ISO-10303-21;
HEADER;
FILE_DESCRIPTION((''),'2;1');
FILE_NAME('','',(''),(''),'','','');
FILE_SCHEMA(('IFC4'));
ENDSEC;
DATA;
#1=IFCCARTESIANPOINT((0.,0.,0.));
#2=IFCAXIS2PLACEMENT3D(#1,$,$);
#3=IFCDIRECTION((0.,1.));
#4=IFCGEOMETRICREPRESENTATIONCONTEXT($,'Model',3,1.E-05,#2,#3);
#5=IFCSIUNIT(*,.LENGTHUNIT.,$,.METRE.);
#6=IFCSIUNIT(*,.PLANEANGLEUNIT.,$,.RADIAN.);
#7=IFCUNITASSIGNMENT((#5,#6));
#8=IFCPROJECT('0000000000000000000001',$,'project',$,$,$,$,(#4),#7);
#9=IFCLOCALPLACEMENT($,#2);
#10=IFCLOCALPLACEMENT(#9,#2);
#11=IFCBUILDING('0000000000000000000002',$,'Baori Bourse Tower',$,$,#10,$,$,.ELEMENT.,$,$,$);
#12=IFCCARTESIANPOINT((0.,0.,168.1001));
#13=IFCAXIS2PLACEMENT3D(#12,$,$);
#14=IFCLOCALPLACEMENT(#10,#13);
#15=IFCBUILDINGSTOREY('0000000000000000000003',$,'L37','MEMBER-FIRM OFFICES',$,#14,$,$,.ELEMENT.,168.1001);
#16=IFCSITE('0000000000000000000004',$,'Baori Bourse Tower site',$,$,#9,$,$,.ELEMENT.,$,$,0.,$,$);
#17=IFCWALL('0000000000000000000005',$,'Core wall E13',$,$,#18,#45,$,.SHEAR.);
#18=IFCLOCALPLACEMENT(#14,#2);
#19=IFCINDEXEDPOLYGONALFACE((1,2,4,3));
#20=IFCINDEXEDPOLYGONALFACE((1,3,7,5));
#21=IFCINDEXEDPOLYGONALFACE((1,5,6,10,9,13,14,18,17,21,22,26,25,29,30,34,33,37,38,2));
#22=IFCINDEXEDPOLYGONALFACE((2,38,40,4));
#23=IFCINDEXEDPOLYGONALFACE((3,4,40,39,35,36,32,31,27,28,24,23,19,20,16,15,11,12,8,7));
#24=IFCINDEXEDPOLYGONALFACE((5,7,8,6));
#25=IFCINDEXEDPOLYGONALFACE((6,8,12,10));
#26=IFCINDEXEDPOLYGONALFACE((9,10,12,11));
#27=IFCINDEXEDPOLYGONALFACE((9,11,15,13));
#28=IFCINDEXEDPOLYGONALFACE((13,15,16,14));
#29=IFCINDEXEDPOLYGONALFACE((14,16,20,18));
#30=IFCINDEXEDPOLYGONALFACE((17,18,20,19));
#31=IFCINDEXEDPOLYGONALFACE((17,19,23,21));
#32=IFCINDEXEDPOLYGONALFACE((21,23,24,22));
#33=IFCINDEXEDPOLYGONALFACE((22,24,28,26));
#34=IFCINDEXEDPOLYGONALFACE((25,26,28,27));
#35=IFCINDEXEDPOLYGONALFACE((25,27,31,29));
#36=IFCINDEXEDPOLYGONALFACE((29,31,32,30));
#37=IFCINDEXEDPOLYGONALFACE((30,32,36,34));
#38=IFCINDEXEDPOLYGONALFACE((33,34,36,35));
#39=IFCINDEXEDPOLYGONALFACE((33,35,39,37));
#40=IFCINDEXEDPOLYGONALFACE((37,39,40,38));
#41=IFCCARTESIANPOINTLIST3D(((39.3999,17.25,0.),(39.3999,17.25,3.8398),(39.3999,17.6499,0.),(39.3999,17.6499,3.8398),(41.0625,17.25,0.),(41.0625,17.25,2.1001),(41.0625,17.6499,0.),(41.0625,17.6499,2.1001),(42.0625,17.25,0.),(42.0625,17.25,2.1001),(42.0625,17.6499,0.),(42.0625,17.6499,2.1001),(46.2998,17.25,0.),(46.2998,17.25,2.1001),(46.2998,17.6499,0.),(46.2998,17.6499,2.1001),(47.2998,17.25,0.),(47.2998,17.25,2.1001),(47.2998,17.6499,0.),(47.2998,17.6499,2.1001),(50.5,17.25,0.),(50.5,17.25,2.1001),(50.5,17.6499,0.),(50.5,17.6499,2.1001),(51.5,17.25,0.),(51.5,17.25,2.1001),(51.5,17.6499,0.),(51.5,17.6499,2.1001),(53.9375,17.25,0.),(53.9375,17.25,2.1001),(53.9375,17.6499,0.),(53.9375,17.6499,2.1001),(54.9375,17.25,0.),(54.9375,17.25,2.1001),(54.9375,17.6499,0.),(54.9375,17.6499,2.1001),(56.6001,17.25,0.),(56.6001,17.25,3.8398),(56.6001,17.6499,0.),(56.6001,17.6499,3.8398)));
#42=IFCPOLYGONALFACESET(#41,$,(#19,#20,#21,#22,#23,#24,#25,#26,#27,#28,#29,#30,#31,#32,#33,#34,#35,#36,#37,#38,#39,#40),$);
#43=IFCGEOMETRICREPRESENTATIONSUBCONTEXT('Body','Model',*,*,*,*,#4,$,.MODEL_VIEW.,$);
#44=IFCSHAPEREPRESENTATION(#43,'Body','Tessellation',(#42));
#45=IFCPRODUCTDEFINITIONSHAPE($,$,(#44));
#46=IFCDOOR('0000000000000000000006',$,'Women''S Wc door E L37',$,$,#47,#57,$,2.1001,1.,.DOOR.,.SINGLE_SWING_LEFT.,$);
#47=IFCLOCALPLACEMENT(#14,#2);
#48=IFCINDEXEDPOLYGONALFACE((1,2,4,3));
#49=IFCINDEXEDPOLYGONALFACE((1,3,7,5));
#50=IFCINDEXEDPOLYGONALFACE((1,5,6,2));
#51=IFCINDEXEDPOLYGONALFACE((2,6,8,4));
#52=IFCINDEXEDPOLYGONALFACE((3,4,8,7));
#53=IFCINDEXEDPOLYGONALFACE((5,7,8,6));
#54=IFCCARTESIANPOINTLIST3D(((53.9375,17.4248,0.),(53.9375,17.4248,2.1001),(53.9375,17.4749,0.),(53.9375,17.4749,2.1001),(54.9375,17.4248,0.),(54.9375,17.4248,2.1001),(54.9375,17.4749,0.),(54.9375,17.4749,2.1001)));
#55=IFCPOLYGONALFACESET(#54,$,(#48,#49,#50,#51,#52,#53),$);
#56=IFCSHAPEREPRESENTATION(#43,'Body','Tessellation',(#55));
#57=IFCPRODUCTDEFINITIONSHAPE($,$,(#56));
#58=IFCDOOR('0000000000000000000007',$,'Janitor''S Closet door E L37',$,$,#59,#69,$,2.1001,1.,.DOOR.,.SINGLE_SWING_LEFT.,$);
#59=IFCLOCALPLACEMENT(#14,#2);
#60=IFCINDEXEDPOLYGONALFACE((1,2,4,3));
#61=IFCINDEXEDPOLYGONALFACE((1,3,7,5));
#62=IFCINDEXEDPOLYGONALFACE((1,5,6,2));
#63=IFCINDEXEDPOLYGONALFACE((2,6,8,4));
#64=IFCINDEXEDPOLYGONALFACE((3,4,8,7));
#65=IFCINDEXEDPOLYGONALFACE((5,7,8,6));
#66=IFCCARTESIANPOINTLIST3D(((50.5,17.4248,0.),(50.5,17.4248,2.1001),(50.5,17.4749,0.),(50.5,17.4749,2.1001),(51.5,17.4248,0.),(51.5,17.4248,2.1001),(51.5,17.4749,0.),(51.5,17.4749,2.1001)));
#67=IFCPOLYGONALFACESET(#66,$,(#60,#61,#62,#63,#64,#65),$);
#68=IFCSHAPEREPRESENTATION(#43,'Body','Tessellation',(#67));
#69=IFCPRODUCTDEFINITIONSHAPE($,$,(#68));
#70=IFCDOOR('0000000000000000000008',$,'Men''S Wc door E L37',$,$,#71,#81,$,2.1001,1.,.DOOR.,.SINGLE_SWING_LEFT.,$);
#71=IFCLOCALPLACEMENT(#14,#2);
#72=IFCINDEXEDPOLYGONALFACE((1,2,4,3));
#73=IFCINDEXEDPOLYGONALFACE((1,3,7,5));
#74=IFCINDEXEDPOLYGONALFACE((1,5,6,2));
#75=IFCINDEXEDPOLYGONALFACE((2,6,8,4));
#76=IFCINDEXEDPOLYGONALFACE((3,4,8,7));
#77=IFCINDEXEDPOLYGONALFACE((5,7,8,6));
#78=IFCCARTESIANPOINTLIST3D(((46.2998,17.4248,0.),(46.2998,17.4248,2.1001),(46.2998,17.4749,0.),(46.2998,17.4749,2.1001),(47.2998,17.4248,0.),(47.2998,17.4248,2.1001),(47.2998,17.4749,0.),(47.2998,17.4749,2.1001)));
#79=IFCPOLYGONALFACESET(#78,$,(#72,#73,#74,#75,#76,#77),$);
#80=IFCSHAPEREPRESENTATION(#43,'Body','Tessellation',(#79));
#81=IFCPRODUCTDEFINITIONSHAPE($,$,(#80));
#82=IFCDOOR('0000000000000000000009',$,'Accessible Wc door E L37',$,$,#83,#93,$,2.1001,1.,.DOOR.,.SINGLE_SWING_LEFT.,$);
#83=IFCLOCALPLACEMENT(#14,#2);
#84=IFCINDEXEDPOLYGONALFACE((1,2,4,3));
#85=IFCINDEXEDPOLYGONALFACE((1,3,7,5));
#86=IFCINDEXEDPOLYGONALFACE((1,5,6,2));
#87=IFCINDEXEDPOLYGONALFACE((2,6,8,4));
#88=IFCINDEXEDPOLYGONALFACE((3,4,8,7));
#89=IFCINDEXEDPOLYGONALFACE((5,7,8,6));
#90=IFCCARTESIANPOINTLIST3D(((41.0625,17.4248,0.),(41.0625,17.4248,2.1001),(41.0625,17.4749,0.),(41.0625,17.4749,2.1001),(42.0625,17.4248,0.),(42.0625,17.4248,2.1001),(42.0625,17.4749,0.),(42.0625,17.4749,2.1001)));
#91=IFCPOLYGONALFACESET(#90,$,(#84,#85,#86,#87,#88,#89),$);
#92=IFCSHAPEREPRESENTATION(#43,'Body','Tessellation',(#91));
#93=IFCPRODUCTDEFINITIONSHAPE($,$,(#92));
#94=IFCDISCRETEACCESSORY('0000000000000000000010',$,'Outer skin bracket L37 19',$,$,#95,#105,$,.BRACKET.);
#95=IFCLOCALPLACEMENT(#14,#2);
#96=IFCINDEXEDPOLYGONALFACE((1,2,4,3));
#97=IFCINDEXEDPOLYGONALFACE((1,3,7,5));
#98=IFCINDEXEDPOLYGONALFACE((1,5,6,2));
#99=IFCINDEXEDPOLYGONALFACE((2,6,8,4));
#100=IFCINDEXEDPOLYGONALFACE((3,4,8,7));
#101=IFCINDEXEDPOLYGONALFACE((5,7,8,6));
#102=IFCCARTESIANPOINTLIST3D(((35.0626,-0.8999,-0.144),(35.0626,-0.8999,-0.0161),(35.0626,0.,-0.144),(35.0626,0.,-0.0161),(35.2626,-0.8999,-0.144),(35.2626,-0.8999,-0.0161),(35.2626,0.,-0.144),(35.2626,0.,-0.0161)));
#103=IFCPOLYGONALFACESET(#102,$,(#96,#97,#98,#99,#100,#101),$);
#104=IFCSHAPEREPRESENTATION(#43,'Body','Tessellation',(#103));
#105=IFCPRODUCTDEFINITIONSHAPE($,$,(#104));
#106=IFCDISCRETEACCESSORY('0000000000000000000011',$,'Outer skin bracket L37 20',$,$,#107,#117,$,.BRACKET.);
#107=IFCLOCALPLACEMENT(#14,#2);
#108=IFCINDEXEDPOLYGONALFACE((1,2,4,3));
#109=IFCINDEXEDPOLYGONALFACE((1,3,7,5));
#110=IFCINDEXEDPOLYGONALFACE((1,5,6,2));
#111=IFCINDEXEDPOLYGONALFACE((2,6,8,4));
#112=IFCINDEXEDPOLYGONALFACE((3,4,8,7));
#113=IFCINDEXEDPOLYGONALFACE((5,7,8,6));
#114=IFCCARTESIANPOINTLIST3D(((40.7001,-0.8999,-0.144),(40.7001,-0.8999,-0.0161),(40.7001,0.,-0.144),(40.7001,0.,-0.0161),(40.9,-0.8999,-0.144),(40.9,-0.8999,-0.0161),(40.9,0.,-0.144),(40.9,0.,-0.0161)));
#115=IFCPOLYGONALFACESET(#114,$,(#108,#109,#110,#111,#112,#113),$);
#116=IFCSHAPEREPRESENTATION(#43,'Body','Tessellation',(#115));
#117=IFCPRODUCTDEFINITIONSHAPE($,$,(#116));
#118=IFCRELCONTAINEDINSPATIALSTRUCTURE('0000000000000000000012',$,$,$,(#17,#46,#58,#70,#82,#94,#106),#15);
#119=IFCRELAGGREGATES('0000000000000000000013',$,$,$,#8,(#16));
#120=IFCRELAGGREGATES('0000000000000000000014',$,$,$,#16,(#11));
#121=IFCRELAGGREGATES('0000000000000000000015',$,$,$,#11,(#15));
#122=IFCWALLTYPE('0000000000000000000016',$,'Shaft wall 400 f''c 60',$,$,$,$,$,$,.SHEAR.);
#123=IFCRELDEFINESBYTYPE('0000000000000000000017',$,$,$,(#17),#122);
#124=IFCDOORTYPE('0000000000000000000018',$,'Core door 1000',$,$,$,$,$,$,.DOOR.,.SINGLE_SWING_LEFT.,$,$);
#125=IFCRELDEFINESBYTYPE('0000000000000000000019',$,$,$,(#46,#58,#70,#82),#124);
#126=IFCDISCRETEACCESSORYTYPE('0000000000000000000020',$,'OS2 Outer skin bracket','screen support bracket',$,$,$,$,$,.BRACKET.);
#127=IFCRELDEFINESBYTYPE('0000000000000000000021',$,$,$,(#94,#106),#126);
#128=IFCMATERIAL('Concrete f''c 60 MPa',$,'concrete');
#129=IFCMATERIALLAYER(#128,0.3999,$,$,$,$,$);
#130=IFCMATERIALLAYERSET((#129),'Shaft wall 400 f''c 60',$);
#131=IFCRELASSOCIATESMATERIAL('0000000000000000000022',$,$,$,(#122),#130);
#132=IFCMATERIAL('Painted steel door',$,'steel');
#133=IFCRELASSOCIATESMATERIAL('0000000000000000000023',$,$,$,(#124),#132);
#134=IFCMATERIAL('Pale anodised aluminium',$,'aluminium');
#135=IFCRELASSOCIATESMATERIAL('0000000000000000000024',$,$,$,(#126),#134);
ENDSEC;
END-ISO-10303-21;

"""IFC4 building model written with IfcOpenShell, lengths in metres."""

from ifc_helpers import new_model, si_unit, direction, frame, frame_2d, origin, origin_2d, place, context, subcontext, project, spatial, rectangle, extrude, material, layer, layer_set, type_object, element, fill, save


model = new_model("IFC4")

# Units and contexts
model_context = context("Model", 3, precision=1e-05, world=origin(), true_north=direction((0.0, 1.0)))
body_context = subcontext(model_context, "Body", "Model", "MODEL_VIEW")
ifc_project = project(units=[si_unit("LENGTHUNIT", "METRE"), si_unit("PLANEANGLEUNIT", "RADIAN")], contexts=[model_context])

# Site, building, storey
site_placement = place(None, origin())
site = spatial("IfcSite", under=ifc_project, at=site_placement, Name="Baori Bourse Tower site", CompositionType="ELEMENT", RefElevation=0.0)
building_placement = place(site_placement, origin())
building = spatial("IfcBuilding", under=site, at=building_placement, Name="Baori Bourse Tower", CompositionType="ELEMENT")
storey_placement = place(building_placement, frame((0.0, 0.0, 168.1001)))
storey = spatial("IfcBuildingStorey", under=building, at=storey_placement, Name="L37", Description="MEMBER-FIRM OFFICES", CompositionType="ELEMENT", Elevation=168.1001)

# Shared definitions
ifc_material_1 = material(Name="Concrete f'c 60 MPa", Category="concrete")
ifc_layer_1 = layer(ifc_material_1, 0.3999)
ifc_layer_set_1 = layer_set([ifc_layer_1], Name="Shaft wall 400 f'c 60")
wall_type_1 = type_object("IfcWallType", Name="Shaft wall 400 f'c 60", PredefinedType="SHEAR", material=ifc_layer_set_1)

# Wall, openings, doors
wall_1_placement = place(storey_placement, frame((39.3999, 17.45, 0.0), z_axis=(0.0, 0.0, 1.0), x_axis=(1.0, 0.0, 0.0)))
wall_1 = element("IfcWall", 1, at=wall_1_placement, inside=storey, type_object=wall_type_1, Name="Core wall E13", PredefinedType="SHEAR", context=body_context, shape_type="SweptSolid", body=[
    extrude(rectangle(XDim=17.2002, YDim=0.3999, at=frame_2d((8.6001, 0.0))), origin(), (0.0, 0.0, 1.0), 3.8398),
])
opening_1_placement = place(wall_1_placement, frame((14.5376, 0.0, 0.0)))
opening_1 = element("IfcOpeningElement", 2, at=opening_1_placement, cuts=wall_1, PredefinedType="OPENING", context=body_context, shape_type="SweptSolid", body=[
    extrude(rectangle(XDim=1.0, YDim=2.1001, at=frame_2d((0.5, 1.05))), frame((0.0, 0.21, 0.0), z_axis=(0.0, -1.0, 0.0), x_axis=(1.0, 0.0, 0.0)), (0.0, 0.0, 1.0), 0.4199),
])
opening_2_placement = place(wall_1_placement, frame((11.1001, 0.0, 0.0)))
opening_2 = element("IfcOpeningElement", 3, at=opening_2_placement, cuts=wall_1, PredefinedType="OPENING", context=body_context, shape_type="SweptSolid", body=[
    extrude(rectangle(XDim=1.0, YDim=2.1001, at=frame_2d((0.5, 1.05))), frame((0.0, 0.21, 0.0), z_axis=(0.0, -1.0, 0.0), x_axis=(1.0, 0.0, 0.0)), (0.0, 0.0, 1.0), 0.4199),
])
opening_3_placement = place(wall_1_placement, frame((6.8999, 0.0, 0.0)))
opening_3 = element("IfcOpeningElement", 4, at=opening_3_placement, cuts=wall_1, PredefinedType="OPENING", context=body_context, shape_type="SweptSolid", body=[
    extrude(rectangle(XDim=1.0, YDim=2.1001, at=frame_2d((0.5, 1.05))), frame((0.0, 0.21, 0.0), z_axis=(0.0, -1.0, 0.0), x_axis=(1.0, 0.0, 0.0)), (0.0, 0.0, 1.0), 0.4199),
])
opening_4_placement = place(wall_1_placement, frame((1.6626, 0.0, 0.0)))
opening_4 = element("IfcOpeningElement", 5, at=opening_4_placement, cuts=wall_1, PredefinedType="OPENING", context=body_context, shape_type="SweptSolid", body=[
    extrude(rectangle(XDim=1.0, YDim=2.1001, at=frame_2d((0.5, 1.05))), frame((0.0, 0.21, 0.0), z_axis=(0.0, -1.0, 0.0), x_axis=(1.0, 0.0, 0.0)), (0.0, 0.0, 1.0), 0.4199),
])
ifc_material_2 = material(Name="Painted steel door", Category="steel")
door_type_1 = type_object("IfcDoorType", Name="Core door 1000", OperationType="SINGLE_SWING_LEFT", PredefinedType="DOOR", material=ifc_material_2)
door_1_placement = place(opening_1_placement, origin())
door_1 = element("IfcDoor", 6, at=door_1_placement, inside=storey, type_object=door_type_1, Name="Women'S Wc door E L37", OperationType="SINGLE_SWING_LEFT", OverallHeight=2.1001, OverallWidth=1.0, PredefinedType="DOOR", context=body_context, shape_type="SweptSolid", body=[
    extrude(rectangle(XDim=1.0, YDim=2.1001, at=frame_2d((0.5, 1.05))), frame((0.0, 0.0249, 0.0), z_axis=(0.0, -1.0, 0.0), x_axis=(1.0, 0.0, 0.0)), (0.0, 0.0, 1.0), 0.05),
])
fill(opening_1, door_1)
door_2_placement = place(opening_2_placement, origin())
door_2 = element("IfcDoor", 7, at=door_2_placement, inside=storey, type_object=door_type_1, Name="Janitor'S Closet door E L37", OperationType="SINGLE_SWING_LEFT", OverallHeight=2.1001, OverallWidth=1.0, PredefinedType="DOOR", context=body_context, shape_type="SweptSolid", body=[
    extrude(rectangle(XDim=1.0, YDim=2.1001, at=frame_2d((0.5, 1.05))), frame((0.0, 0.0249, 0.0), z_axis=(0.0, -1.0, 0.0), x_axis=(1.0, 0.0, 0.0)), (0.0, 0.0, 1.0), 0.05),
])
fill(opening_2, door_2)
door_3_placement = place(opening_3_placement, origin())
door_3 = element("IfcDoor", 8, at=door_3_placement, inside=storey, type_object=door_type_1, Name="Men'S Wc door E L37", OperationType="SINGLE_SWING_LEFT", OverallHeight=2.1001, OverallWidth=1.0, PredefinedType="DOOR", context=body_context, shape_type="SweptSolid", body=[
    extrude(rectangle(XDim=1.0, YDim=2.1001, at=frame_2d((0.5, 1.05))), frame((0.0, 0.0249, 0.0), z_axis=(0.0, -1.0, 0.0), x_axis=(1.0, 0.0, 0.0)), (0.0, 0.0, 1.0), 0.05),
])
fill(opening_3, door_3)
door_4_placement = place(opening_4_placement, origin())
door_4 = element("IfcDoor", 9, at=door_4_placement, inside=storey, type_object=door_type_1, Name="Accessible Wc door E L37", OperationType="SINGLE_SWING_LEFT", OverallHeight=2.1001, OverallWidth=1.0, PredefinedType="DOOR", context=body_context, shape_type="SweptSolid", body=[
    extrude(rectangle(XDim=1.0, YDim=2.1001, at=frame_2d((0.5, 1.05))), frame((0.0, 0.0249, 0.0), z_axis=(0.0, -1.0, 0.0), x_axis=(1.0, 0.0, 0.0)), (0.0, 0.0, 1.0), 0.05),
])
fill(opening_4, door_4)

# Discrete accessories
ifc_material_3 = material(Name="Pale anodised aluminium", Category="aluminium")
discrete_accessory_type = type_object("IfcDiscreteAccessoryType", Name="OS2 Outer skin bracket", Description="screen support bracket", PredefinedType="BRACKET", material=ifc_material_3)
for number, where, z_axis, x_axis, name in (
    (10, (35.1626, -0.45, -0.144), (0.0, 0.0, 1.0), (1.0, 0.0, 0.0), "Outer skin bracket L37 19"),
    (11, (40.8, -0.45, -0.144), (0.0, 0.0, 1.0), (1.0, 0.0, 0.0), "Outer skin bracket L37 20"),
):
    element("IfcDiscreteAccessory", number, at=place(storey_placement, frame(where, z_axis=z_axis, x_axis=x_axis)), inside=storey, type_object=discrete_accessory_type, Name=name, PredefinedType="BRACKET", context=body_context, shape_type="SweptSolid", body=[
        extrude(rectangle(XDim=0.2, YDim=0.8999, at=origin_2d()), origin(), (0.0, 0.0, 1.0), 0.1279),
    ])

save(model, "model.ifc")
